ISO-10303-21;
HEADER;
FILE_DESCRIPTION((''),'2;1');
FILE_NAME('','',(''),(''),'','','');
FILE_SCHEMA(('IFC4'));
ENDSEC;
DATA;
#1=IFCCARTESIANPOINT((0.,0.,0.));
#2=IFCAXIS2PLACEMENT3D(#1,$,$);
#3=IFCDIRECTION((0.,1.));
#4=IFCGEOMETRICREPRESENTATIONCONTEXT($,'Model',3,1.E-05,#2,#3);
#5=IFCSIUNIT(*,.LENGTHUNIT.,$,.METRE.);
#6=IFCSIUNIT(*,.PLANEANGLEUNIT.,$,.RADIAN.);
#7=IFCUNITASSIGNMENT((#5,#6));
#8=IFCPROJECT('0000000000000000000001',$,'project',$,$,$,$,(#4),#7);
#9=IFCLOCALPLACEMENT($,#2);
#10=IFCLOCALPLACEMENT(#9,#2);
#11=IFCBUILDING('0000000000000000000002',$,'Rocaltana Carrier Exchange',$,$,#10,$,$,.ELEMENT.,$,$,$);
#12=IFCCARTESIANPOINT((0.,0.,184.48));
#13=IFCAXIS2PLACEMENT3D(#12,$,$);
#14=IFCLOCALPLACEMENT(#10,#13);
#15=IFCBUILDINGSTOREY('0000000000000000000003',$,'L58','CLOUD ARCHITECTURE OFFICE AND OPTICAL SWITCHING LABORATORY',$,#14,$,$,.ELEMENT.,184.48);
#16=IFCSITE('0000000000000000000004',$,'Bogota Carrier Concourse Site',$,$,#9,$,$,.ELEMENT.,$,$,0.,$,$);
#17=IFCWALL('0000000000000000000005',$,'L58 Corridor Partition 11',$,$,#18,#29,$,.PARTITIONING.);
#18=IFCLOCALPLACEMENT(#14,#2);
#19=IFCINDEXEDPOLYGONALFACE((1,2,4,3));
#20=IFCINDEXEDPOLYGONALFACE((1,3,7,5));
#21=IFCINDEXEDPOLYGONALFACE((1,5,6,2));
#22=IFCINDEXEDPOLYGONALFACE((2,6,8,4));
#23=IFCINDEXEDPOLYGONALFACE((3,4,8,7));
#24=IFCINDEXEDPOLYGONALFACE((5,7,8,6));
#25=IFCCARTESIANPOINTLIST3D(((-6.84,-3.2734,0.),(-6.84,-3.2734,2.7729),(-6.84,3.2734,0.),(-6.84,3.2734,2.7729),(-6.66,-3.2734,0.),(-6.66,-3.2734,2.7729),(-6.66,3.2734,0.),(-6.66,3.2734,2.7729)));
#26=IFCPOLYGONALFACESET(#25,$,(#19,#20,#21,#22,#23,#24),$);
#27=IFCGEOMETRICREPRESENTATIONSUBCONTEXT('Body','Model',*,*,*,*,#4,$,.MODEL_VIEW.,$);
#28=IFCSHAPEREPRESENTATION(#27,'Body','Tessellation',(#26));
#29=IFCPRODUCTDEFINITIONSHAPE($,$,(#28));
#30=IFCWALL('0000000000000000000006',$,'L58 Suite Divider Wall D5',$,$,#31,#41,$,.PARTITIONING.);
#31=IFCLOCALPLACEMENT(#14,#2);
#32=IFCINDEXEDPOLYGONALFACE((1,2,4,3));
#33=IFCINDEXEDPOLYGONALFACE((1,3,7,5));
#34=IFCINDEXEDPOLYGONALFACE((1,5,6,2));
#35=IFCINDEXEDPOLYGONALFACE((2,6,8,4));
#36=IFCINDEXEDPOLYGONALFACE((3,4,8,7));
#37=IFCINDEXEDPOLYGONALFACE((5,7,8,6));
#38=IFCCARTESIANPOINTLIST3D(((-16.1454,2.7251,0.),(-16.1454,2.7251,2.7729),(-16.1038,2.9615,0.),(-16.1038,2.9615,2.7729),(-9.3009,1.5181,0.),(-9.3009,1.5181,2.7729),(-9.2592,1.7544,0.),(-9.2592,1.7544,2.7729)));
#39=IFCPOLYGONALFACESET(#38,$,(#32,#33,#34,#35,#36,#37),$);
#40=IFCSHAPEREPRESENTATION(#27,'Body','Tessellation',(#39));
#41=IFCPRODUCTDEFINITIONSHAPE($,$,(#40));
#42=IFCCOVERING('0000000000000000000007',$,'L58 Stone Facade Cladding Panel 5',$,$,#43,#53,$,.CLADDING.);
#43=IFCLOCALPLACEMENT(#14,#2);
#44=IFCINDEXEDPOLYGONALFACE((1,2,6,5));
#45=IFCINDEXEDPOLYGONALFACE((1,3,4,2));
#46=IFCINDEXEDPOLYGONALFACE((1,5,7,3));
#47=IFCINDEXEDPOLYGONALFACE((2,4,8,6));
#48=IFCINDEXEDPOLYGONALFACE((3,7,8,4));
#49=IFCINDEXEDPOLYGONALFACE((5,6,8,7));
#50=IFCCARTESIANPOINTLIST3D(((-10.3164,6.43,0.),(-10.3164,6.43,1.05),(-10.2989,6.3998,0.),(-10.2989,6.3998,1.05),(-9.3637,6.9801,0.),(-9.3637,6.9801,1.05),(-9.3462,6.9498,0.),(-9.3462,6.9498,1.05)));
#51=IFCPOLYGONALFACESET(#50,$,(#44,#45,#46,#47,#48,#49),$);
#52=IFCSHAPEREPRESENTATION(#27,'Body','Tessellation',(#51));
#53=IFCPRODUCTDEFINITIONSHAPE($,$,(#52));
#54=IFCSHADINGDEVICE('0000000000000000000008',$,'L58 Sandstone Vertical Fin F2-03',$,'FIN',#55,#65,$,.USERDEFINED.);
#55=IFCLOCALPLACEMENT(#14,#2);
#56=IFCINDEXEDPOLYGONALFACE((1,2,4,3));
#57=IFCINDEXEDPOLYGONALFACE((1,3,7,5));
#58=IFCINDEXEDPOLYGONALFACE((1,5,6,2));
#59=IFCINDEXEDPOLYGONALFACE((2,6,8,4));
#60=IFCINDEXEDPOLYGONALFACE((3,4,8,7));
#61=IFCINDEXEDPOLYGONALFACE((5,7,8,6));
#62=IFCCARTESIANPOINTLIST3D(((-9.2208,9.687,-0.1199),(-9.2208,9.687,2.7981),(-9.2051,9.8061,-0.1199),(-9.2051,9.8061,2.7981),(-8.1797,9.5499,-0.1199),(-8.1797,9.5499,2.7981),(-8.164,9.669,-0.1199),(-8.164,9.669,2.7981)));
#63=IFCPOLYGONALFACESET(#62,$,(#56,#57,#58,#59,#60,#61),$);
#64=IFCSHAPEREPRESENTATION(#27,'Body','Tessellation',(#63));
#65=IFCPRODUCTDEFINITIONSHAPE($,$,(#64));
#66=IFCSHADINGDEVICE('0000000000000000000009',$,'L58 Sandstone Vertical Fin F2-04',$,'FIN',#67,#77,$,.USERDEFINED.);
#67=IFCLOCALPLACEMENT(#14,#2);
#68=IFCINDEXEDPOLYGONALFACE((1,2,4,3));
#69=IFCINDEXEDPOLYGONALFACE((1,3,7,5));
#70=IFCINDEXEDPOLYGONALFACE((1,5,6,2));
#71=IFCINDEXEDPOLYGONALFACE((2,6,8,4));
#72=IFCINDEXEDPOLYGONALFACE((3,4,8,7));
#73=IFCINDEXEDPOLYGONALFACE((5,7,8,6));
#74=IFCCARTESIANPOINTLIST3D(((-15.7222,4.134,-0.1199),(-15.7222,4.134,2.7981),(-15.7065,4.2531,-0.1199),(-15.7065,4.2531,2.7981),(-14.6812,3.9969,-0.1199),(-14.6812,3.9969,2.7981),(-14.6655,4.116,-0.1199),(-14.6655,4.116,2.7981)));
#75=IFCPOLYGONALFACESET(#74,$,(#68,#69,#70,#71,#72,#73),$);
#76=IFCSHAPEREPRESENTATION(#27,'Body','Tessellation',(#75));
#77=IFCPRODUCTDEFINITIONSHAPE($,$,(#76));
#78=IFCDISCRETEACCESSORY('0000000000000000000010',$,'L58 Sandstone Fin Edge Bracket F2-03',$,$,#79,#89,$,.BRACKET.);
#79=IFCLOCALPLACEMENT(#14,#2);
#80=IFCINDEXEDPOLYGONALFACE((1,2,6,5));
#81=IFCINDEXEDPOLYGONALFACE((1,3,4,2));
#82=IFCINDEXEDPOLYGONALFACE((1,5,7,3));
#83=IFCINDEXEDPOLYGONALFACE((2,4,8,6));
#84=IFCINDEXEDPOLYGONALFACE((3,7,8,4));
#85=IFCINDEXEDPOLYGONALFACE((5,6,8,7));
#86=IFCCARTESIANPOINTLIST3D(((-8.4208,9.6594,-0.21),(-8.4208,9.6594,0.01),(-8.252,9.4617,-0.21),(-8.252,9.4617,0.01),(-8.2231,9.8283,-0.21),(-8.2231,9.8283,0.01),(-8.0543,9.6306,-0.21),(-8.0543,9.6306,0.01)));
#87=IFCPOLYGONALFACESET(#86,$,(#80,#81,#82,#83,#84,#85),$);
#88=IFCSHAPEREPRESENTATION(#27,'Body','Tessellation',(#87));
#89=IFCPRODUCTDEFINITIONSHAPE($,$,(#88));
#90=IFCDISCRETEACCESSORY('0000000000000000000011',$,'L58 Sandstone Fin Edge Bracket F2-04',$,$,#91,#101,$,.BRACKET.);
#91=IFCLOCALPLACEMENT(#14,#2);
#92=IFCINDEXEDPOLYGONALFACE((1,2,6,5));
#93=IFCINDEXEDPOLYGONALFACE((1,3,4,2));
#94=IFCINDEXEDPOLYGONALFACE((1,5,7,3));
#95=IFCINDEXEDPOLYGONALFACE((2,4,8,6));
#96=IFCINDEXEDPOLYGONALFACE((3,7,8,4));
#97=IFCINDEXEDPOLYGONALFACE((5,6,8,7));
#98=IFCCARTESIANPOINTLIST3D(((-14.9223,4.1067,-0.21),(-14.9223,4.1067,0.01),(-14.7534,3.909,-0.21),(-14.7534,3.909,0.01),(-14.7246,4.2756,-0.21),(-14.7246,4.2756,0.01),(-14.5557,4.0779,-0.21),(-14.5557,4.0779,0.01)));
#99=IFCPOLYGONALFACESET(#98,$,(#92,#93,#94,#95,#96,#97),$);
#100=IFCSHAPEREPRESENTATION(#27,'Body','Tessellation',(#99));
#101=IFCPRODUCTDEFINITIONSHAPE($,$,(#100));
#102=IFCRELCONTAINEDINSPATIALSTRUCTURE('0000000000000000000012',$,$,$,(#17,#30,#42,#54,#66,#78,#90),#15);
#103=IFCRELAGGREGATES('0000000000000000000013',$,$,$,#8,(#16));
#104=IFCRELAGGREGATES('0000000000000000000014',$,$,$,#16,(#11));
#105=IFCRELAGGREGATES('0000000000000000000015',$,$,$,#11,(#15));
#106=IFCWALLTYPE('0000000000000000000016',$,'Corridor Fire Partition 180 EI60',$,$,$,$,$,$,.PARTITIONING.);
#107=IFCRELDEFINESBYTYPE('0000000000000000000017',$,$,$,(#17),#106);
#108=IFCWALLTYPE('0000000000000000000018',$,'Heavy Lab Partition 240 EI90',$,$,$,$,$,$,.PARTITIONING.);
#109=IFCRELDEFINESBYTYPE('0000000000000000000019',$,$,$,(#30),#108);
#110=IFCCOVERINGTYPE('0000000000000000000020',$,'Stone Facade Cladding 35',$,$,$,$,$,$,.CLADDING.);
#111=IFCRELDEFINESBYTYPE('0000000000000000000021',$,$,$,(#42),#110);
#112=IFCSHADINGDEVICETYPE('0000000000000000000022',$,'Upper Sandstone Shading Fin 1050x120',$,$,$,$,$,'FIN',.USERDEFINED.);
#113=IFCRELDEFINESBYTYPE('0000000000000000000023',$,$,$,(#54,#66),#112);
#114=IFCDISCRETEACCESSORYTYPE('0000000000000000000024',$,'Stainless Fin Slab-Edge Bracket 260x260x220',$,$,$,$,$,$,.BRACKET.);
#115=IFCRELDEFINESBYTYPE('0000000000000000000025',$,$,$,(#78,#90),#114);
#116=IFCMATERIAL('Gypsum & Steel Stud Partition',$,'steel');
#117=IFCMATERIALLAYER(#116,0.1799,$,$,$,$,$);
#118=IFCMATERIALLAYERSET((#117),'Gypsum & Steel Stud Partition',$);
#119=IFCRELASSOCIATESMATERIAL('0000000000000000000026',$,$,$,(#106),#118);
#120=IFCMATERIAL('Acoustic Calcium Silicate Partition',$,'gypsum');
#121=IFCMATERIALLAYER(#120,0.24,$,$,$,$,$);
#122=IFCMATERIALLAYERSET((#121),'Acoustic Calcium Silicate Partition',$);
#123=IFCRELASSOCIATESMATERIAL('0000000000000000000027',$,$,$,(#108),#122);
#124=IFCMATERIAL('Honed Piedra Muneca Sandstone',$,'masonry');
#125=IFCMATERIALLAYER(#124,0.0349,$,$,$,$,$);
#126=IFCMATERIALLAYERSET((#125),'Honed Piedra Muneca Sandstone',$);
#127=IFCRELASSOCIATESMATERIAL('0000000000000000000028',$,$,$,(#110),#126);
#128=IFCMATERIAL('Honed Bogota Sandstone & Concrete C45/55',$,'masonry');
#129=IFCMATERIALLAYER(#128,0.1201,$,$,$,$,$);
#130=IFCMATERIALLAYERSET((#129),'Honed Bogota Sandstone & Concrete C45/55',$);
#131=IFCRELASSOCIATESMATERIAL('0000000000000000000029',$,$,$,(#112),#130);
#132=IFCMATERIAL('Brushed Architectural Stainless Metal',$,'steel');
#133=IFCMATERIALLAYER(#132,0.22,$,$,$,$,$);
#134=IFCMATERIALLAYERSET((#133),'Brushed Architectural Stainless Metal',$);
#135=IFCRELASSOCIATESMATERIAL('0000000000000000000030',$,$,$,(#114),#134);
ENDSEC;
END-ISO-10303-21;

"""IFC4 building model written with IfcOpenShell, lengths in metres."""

from ifc_helpers import new_model, si_unit, direction, frame, frame_2d, origin, origin_2d, place, context, subcontext, project, spatial, rectangle, extrude, material, layer, layer_set, type_object, element, save


model = new_model("IFC4")

# Units and contexts
model_context = context("Model", 3, precision=1e-05, world=origin(), true_north=direction((0.0, 1.0)))
body_context = subcontext(model_context, "Body", "Model", "MODEL_VIEW")
ifc_project = project(units=[si_unit("LENGTHUNIT", "METRE"), si_unit("PLANEANGLEUNIT", "RADIAN")], contexts=[model_context])

# Site, building, storey
site_placement = place(None, origin())
site = spatial("IfcSite", under=ifc_project, at=site_placement, Name="Bogota Carrier Concourse Site", CompositionType="ELEMENT", RefElevation=0.0)
building_placement = place(site_placement, origin())
building = spatial("IfcBuilding", under=site, at=building_placement, Name="Rocaltana Carrier Exchange", CompositionType="ELEMENT")
storey_placement = place(building_placement, frame((0.0, 0.0, 184.48)))
storey = spatial("IfcBuildingStorey", under=building, at=storey_placement, Name="L58", Description="CLOUD ARCHITECTURE OFFICE AND OPTICAL SWITCHING LABORATORY", CompositionType="ELEMENT", Elevation=184.48)

# Shared definitions
ifc_material_1 = material(Name="Gypsum & Steel Stud Partition", Category="steel")
ifc_layer_1 = layer(ifc_material_1, 0.1799)
ifc_layer_set_1 = layer_set([ifc_layer_1], Name="Gypsum & Steel Stud Partition")
wall_type_1 = type_object("IfcWallType", Name="Corridor Fire Partition 180 EI60", PredefinedType="PARTITIONING", material=ifc_layer_set_1)

# Walls
wall_1_placement = place(storey_placement, frame((-6.75, 3.2734, 0.0), z_axis=(0.0, 0.0, 1.0), x_axis=(0.0, -1.0, 0.0)))
element("IfcWall", 1, at=wall_1_placement, inside=storey, type_object=wall_type_1, Name="L58 Corridor Partition 11", PredefinedType="PARTITIONING", context=body_context, shape_type="SweptSolid", body=[
    extrude(rectangle(XDim=6.5469, YDim=0.1799, at=frame_2d((3.2734, 0.0))), origin(), (0.0, 0.0, 1.0), 2.7729),
])
ifc_material_2 = material(Name="Acoustic Calcium Silicate Partition", Category="gypsum")
ifc_layer_2 = layer(ifc_material_2, 0.24)
ifc_layer_set_2 = layer_set([ifc_layer_2], Name="Acoustic Calcium Silicate Partition")
wall_type_2 = type_object("IfcWallType", Name="Heavy Lab Partition 240 EI90", PredefinedType="PARTITIONING", material=ifc_layer_set_2)
wall_2_placement = place(storey_placement, frame((-9.28, 1.6362, 0.0), z_axis=(0.0, 0.0, 1.0), x_axis=(-0.984804, 0.173671, 0.0)))
element("IfcWall", 2, at=wall_2_placement, inside=storey, type_object=wall_type_2, Name="L58 Suite Divider Wall D5", PredefinedType="PARTITIONING", context=body_context, shape_type="SweptSolid", body=[
    extrude(rectangle(XDim=6.9502, YDim=0.24, at=frame_2d((3.4751, 0.0))), origin(), (0.0, 0.0, 1.0), 2.7729),
])

# Covering
ifc_material_3 = material(Name="Honed Piedra Muneca Sandstone", Category="masonry")
ifc_layer_3 = layer(ifc_material_3, 0.0349)
ifc_layer_set_3 = layer_set([ifc_layer_3], Name="Honed Piedra Muneca Sandstone")
covering_type = type_object("IfcCoveringType", Name="Stone Facade Cladding 35", PredefinedType="CLADDING", material=ifc_layer_set_3)
covering_placement = place(storey_placement, frame((-9.8313, 6.6899, 0.0), z_axis=(0.0, 0.0, 1.0), x_axis=(0.866025, 0.5, 0.0)))
element("IfcCovering", 3, at=covering_placement, inside=storey, type_object=covering_type, Name="L58 Stone Facade Cladding Panel 5", PredefinedType="CLADDING", context=body_context, shape_type="SweptSolid", body=[
    extrude(rectangle(XDim=1.1001, YDim=0.0349, at=origin_2d()), origin(), (0.0, 0.0, 1.0), 1.05),
])

# Shading devices
ifc_material_4 = material(Name="Honed Bogota Sandstone & Concrete C45/55", Category="masonry")
ifc_layer_4 = layer(ifc_material_4, 0.1201)
ifc_layer_set_4 = layer_set([ifc_layer_4], Name="Honed Bogota Sandstone & Concrete C45/55")
shading_device_type = type_object("IfcShadingDeviceType", Name="Upper Sandstone Shading Fin 1050x120", ElementType="FIN", PredefinedType="USERDEFINED", material=ifc_layer_set_4)
for number, where, z_axis, x_axis, name in (
    (4, (-8.6924, 9.678, -0.1199), (0.0, 0.0, 1.0), (-0.991445, 0.130526, 0.0), "L58 Sandstone Vertical Fin F2-03"),
    (5, (-15.1938, 4.125, -0.1199), (0.0, 0.0, 1.0), (-0.991445, 0.130526, 0.0), "L58 Sandstone Vertical Fin F2-04"),
):
    element("IfcShadingDevice", number, at=place(storey_placement, frame(where, z_axis=z_axis, x_axis=x_axis)), inside=storey, type_object=shading_device_type, Name=name, ObjectType="FIN", PredefinedType="USERDEFINED", context=body_context, shape_type="SweptSolid", body=[
        extrude(rectangle(XDim=1.05, YDim=0.1201, at=origin_2d()), origin(), (0.0, 0.0, 1.0), 2.918),
    ])

# Discrete accessories
ifc_material_5 = material(Name="Brushed Architectural Stainless Metal", Category="steel")
ifc_layer_5 = layer(ifc_material_5, 0.22)
ifc_layer_set_5 = layer_set([ifc_layer_5], Name="Brushed Architectural Stainless Metal")
discrete_accessory_type = type_object("IfcDiscreteAccessoryType", Name="Stainless Fin Slab-Edge Bracket 260x260x220", PredefinedType="BRACKET", material=ifc_layer_set_5)
for number, where, z_axis, x_axis, name in (
    (6, (-8.2375, 9.645, -0.21), (0.0, 0.0, 1.0), (-0.760406, -0.649448, 0.0), "L58 Sandstone Fin Edge Bracket F2-03"),
    (7, (-14.739, 4.0923, -0.21), (0.0, 0.0, 1.0), (-0.760406, -0.649448, 0.0), "L58 Sandstone Fin Edge Bracket F2-04"),
):
    element("IfcDiscreteAccessory", number, at=place(storey_placement, frame(where, z_axis=z_axis, x_axis=x_axis)), inside=storey, type_object=discrete_accessory_type, Name=name, PredefinedType="BRACKET", context=body_context, shape_type="SweptSolid", body=[
        extrude(rectangle(XDim=0.26, YDim=0.26, at=origin_2d()), origin(), (0.0, 0.0, 1.0), 0.22),
    ])

save(model, "model.ifc")
